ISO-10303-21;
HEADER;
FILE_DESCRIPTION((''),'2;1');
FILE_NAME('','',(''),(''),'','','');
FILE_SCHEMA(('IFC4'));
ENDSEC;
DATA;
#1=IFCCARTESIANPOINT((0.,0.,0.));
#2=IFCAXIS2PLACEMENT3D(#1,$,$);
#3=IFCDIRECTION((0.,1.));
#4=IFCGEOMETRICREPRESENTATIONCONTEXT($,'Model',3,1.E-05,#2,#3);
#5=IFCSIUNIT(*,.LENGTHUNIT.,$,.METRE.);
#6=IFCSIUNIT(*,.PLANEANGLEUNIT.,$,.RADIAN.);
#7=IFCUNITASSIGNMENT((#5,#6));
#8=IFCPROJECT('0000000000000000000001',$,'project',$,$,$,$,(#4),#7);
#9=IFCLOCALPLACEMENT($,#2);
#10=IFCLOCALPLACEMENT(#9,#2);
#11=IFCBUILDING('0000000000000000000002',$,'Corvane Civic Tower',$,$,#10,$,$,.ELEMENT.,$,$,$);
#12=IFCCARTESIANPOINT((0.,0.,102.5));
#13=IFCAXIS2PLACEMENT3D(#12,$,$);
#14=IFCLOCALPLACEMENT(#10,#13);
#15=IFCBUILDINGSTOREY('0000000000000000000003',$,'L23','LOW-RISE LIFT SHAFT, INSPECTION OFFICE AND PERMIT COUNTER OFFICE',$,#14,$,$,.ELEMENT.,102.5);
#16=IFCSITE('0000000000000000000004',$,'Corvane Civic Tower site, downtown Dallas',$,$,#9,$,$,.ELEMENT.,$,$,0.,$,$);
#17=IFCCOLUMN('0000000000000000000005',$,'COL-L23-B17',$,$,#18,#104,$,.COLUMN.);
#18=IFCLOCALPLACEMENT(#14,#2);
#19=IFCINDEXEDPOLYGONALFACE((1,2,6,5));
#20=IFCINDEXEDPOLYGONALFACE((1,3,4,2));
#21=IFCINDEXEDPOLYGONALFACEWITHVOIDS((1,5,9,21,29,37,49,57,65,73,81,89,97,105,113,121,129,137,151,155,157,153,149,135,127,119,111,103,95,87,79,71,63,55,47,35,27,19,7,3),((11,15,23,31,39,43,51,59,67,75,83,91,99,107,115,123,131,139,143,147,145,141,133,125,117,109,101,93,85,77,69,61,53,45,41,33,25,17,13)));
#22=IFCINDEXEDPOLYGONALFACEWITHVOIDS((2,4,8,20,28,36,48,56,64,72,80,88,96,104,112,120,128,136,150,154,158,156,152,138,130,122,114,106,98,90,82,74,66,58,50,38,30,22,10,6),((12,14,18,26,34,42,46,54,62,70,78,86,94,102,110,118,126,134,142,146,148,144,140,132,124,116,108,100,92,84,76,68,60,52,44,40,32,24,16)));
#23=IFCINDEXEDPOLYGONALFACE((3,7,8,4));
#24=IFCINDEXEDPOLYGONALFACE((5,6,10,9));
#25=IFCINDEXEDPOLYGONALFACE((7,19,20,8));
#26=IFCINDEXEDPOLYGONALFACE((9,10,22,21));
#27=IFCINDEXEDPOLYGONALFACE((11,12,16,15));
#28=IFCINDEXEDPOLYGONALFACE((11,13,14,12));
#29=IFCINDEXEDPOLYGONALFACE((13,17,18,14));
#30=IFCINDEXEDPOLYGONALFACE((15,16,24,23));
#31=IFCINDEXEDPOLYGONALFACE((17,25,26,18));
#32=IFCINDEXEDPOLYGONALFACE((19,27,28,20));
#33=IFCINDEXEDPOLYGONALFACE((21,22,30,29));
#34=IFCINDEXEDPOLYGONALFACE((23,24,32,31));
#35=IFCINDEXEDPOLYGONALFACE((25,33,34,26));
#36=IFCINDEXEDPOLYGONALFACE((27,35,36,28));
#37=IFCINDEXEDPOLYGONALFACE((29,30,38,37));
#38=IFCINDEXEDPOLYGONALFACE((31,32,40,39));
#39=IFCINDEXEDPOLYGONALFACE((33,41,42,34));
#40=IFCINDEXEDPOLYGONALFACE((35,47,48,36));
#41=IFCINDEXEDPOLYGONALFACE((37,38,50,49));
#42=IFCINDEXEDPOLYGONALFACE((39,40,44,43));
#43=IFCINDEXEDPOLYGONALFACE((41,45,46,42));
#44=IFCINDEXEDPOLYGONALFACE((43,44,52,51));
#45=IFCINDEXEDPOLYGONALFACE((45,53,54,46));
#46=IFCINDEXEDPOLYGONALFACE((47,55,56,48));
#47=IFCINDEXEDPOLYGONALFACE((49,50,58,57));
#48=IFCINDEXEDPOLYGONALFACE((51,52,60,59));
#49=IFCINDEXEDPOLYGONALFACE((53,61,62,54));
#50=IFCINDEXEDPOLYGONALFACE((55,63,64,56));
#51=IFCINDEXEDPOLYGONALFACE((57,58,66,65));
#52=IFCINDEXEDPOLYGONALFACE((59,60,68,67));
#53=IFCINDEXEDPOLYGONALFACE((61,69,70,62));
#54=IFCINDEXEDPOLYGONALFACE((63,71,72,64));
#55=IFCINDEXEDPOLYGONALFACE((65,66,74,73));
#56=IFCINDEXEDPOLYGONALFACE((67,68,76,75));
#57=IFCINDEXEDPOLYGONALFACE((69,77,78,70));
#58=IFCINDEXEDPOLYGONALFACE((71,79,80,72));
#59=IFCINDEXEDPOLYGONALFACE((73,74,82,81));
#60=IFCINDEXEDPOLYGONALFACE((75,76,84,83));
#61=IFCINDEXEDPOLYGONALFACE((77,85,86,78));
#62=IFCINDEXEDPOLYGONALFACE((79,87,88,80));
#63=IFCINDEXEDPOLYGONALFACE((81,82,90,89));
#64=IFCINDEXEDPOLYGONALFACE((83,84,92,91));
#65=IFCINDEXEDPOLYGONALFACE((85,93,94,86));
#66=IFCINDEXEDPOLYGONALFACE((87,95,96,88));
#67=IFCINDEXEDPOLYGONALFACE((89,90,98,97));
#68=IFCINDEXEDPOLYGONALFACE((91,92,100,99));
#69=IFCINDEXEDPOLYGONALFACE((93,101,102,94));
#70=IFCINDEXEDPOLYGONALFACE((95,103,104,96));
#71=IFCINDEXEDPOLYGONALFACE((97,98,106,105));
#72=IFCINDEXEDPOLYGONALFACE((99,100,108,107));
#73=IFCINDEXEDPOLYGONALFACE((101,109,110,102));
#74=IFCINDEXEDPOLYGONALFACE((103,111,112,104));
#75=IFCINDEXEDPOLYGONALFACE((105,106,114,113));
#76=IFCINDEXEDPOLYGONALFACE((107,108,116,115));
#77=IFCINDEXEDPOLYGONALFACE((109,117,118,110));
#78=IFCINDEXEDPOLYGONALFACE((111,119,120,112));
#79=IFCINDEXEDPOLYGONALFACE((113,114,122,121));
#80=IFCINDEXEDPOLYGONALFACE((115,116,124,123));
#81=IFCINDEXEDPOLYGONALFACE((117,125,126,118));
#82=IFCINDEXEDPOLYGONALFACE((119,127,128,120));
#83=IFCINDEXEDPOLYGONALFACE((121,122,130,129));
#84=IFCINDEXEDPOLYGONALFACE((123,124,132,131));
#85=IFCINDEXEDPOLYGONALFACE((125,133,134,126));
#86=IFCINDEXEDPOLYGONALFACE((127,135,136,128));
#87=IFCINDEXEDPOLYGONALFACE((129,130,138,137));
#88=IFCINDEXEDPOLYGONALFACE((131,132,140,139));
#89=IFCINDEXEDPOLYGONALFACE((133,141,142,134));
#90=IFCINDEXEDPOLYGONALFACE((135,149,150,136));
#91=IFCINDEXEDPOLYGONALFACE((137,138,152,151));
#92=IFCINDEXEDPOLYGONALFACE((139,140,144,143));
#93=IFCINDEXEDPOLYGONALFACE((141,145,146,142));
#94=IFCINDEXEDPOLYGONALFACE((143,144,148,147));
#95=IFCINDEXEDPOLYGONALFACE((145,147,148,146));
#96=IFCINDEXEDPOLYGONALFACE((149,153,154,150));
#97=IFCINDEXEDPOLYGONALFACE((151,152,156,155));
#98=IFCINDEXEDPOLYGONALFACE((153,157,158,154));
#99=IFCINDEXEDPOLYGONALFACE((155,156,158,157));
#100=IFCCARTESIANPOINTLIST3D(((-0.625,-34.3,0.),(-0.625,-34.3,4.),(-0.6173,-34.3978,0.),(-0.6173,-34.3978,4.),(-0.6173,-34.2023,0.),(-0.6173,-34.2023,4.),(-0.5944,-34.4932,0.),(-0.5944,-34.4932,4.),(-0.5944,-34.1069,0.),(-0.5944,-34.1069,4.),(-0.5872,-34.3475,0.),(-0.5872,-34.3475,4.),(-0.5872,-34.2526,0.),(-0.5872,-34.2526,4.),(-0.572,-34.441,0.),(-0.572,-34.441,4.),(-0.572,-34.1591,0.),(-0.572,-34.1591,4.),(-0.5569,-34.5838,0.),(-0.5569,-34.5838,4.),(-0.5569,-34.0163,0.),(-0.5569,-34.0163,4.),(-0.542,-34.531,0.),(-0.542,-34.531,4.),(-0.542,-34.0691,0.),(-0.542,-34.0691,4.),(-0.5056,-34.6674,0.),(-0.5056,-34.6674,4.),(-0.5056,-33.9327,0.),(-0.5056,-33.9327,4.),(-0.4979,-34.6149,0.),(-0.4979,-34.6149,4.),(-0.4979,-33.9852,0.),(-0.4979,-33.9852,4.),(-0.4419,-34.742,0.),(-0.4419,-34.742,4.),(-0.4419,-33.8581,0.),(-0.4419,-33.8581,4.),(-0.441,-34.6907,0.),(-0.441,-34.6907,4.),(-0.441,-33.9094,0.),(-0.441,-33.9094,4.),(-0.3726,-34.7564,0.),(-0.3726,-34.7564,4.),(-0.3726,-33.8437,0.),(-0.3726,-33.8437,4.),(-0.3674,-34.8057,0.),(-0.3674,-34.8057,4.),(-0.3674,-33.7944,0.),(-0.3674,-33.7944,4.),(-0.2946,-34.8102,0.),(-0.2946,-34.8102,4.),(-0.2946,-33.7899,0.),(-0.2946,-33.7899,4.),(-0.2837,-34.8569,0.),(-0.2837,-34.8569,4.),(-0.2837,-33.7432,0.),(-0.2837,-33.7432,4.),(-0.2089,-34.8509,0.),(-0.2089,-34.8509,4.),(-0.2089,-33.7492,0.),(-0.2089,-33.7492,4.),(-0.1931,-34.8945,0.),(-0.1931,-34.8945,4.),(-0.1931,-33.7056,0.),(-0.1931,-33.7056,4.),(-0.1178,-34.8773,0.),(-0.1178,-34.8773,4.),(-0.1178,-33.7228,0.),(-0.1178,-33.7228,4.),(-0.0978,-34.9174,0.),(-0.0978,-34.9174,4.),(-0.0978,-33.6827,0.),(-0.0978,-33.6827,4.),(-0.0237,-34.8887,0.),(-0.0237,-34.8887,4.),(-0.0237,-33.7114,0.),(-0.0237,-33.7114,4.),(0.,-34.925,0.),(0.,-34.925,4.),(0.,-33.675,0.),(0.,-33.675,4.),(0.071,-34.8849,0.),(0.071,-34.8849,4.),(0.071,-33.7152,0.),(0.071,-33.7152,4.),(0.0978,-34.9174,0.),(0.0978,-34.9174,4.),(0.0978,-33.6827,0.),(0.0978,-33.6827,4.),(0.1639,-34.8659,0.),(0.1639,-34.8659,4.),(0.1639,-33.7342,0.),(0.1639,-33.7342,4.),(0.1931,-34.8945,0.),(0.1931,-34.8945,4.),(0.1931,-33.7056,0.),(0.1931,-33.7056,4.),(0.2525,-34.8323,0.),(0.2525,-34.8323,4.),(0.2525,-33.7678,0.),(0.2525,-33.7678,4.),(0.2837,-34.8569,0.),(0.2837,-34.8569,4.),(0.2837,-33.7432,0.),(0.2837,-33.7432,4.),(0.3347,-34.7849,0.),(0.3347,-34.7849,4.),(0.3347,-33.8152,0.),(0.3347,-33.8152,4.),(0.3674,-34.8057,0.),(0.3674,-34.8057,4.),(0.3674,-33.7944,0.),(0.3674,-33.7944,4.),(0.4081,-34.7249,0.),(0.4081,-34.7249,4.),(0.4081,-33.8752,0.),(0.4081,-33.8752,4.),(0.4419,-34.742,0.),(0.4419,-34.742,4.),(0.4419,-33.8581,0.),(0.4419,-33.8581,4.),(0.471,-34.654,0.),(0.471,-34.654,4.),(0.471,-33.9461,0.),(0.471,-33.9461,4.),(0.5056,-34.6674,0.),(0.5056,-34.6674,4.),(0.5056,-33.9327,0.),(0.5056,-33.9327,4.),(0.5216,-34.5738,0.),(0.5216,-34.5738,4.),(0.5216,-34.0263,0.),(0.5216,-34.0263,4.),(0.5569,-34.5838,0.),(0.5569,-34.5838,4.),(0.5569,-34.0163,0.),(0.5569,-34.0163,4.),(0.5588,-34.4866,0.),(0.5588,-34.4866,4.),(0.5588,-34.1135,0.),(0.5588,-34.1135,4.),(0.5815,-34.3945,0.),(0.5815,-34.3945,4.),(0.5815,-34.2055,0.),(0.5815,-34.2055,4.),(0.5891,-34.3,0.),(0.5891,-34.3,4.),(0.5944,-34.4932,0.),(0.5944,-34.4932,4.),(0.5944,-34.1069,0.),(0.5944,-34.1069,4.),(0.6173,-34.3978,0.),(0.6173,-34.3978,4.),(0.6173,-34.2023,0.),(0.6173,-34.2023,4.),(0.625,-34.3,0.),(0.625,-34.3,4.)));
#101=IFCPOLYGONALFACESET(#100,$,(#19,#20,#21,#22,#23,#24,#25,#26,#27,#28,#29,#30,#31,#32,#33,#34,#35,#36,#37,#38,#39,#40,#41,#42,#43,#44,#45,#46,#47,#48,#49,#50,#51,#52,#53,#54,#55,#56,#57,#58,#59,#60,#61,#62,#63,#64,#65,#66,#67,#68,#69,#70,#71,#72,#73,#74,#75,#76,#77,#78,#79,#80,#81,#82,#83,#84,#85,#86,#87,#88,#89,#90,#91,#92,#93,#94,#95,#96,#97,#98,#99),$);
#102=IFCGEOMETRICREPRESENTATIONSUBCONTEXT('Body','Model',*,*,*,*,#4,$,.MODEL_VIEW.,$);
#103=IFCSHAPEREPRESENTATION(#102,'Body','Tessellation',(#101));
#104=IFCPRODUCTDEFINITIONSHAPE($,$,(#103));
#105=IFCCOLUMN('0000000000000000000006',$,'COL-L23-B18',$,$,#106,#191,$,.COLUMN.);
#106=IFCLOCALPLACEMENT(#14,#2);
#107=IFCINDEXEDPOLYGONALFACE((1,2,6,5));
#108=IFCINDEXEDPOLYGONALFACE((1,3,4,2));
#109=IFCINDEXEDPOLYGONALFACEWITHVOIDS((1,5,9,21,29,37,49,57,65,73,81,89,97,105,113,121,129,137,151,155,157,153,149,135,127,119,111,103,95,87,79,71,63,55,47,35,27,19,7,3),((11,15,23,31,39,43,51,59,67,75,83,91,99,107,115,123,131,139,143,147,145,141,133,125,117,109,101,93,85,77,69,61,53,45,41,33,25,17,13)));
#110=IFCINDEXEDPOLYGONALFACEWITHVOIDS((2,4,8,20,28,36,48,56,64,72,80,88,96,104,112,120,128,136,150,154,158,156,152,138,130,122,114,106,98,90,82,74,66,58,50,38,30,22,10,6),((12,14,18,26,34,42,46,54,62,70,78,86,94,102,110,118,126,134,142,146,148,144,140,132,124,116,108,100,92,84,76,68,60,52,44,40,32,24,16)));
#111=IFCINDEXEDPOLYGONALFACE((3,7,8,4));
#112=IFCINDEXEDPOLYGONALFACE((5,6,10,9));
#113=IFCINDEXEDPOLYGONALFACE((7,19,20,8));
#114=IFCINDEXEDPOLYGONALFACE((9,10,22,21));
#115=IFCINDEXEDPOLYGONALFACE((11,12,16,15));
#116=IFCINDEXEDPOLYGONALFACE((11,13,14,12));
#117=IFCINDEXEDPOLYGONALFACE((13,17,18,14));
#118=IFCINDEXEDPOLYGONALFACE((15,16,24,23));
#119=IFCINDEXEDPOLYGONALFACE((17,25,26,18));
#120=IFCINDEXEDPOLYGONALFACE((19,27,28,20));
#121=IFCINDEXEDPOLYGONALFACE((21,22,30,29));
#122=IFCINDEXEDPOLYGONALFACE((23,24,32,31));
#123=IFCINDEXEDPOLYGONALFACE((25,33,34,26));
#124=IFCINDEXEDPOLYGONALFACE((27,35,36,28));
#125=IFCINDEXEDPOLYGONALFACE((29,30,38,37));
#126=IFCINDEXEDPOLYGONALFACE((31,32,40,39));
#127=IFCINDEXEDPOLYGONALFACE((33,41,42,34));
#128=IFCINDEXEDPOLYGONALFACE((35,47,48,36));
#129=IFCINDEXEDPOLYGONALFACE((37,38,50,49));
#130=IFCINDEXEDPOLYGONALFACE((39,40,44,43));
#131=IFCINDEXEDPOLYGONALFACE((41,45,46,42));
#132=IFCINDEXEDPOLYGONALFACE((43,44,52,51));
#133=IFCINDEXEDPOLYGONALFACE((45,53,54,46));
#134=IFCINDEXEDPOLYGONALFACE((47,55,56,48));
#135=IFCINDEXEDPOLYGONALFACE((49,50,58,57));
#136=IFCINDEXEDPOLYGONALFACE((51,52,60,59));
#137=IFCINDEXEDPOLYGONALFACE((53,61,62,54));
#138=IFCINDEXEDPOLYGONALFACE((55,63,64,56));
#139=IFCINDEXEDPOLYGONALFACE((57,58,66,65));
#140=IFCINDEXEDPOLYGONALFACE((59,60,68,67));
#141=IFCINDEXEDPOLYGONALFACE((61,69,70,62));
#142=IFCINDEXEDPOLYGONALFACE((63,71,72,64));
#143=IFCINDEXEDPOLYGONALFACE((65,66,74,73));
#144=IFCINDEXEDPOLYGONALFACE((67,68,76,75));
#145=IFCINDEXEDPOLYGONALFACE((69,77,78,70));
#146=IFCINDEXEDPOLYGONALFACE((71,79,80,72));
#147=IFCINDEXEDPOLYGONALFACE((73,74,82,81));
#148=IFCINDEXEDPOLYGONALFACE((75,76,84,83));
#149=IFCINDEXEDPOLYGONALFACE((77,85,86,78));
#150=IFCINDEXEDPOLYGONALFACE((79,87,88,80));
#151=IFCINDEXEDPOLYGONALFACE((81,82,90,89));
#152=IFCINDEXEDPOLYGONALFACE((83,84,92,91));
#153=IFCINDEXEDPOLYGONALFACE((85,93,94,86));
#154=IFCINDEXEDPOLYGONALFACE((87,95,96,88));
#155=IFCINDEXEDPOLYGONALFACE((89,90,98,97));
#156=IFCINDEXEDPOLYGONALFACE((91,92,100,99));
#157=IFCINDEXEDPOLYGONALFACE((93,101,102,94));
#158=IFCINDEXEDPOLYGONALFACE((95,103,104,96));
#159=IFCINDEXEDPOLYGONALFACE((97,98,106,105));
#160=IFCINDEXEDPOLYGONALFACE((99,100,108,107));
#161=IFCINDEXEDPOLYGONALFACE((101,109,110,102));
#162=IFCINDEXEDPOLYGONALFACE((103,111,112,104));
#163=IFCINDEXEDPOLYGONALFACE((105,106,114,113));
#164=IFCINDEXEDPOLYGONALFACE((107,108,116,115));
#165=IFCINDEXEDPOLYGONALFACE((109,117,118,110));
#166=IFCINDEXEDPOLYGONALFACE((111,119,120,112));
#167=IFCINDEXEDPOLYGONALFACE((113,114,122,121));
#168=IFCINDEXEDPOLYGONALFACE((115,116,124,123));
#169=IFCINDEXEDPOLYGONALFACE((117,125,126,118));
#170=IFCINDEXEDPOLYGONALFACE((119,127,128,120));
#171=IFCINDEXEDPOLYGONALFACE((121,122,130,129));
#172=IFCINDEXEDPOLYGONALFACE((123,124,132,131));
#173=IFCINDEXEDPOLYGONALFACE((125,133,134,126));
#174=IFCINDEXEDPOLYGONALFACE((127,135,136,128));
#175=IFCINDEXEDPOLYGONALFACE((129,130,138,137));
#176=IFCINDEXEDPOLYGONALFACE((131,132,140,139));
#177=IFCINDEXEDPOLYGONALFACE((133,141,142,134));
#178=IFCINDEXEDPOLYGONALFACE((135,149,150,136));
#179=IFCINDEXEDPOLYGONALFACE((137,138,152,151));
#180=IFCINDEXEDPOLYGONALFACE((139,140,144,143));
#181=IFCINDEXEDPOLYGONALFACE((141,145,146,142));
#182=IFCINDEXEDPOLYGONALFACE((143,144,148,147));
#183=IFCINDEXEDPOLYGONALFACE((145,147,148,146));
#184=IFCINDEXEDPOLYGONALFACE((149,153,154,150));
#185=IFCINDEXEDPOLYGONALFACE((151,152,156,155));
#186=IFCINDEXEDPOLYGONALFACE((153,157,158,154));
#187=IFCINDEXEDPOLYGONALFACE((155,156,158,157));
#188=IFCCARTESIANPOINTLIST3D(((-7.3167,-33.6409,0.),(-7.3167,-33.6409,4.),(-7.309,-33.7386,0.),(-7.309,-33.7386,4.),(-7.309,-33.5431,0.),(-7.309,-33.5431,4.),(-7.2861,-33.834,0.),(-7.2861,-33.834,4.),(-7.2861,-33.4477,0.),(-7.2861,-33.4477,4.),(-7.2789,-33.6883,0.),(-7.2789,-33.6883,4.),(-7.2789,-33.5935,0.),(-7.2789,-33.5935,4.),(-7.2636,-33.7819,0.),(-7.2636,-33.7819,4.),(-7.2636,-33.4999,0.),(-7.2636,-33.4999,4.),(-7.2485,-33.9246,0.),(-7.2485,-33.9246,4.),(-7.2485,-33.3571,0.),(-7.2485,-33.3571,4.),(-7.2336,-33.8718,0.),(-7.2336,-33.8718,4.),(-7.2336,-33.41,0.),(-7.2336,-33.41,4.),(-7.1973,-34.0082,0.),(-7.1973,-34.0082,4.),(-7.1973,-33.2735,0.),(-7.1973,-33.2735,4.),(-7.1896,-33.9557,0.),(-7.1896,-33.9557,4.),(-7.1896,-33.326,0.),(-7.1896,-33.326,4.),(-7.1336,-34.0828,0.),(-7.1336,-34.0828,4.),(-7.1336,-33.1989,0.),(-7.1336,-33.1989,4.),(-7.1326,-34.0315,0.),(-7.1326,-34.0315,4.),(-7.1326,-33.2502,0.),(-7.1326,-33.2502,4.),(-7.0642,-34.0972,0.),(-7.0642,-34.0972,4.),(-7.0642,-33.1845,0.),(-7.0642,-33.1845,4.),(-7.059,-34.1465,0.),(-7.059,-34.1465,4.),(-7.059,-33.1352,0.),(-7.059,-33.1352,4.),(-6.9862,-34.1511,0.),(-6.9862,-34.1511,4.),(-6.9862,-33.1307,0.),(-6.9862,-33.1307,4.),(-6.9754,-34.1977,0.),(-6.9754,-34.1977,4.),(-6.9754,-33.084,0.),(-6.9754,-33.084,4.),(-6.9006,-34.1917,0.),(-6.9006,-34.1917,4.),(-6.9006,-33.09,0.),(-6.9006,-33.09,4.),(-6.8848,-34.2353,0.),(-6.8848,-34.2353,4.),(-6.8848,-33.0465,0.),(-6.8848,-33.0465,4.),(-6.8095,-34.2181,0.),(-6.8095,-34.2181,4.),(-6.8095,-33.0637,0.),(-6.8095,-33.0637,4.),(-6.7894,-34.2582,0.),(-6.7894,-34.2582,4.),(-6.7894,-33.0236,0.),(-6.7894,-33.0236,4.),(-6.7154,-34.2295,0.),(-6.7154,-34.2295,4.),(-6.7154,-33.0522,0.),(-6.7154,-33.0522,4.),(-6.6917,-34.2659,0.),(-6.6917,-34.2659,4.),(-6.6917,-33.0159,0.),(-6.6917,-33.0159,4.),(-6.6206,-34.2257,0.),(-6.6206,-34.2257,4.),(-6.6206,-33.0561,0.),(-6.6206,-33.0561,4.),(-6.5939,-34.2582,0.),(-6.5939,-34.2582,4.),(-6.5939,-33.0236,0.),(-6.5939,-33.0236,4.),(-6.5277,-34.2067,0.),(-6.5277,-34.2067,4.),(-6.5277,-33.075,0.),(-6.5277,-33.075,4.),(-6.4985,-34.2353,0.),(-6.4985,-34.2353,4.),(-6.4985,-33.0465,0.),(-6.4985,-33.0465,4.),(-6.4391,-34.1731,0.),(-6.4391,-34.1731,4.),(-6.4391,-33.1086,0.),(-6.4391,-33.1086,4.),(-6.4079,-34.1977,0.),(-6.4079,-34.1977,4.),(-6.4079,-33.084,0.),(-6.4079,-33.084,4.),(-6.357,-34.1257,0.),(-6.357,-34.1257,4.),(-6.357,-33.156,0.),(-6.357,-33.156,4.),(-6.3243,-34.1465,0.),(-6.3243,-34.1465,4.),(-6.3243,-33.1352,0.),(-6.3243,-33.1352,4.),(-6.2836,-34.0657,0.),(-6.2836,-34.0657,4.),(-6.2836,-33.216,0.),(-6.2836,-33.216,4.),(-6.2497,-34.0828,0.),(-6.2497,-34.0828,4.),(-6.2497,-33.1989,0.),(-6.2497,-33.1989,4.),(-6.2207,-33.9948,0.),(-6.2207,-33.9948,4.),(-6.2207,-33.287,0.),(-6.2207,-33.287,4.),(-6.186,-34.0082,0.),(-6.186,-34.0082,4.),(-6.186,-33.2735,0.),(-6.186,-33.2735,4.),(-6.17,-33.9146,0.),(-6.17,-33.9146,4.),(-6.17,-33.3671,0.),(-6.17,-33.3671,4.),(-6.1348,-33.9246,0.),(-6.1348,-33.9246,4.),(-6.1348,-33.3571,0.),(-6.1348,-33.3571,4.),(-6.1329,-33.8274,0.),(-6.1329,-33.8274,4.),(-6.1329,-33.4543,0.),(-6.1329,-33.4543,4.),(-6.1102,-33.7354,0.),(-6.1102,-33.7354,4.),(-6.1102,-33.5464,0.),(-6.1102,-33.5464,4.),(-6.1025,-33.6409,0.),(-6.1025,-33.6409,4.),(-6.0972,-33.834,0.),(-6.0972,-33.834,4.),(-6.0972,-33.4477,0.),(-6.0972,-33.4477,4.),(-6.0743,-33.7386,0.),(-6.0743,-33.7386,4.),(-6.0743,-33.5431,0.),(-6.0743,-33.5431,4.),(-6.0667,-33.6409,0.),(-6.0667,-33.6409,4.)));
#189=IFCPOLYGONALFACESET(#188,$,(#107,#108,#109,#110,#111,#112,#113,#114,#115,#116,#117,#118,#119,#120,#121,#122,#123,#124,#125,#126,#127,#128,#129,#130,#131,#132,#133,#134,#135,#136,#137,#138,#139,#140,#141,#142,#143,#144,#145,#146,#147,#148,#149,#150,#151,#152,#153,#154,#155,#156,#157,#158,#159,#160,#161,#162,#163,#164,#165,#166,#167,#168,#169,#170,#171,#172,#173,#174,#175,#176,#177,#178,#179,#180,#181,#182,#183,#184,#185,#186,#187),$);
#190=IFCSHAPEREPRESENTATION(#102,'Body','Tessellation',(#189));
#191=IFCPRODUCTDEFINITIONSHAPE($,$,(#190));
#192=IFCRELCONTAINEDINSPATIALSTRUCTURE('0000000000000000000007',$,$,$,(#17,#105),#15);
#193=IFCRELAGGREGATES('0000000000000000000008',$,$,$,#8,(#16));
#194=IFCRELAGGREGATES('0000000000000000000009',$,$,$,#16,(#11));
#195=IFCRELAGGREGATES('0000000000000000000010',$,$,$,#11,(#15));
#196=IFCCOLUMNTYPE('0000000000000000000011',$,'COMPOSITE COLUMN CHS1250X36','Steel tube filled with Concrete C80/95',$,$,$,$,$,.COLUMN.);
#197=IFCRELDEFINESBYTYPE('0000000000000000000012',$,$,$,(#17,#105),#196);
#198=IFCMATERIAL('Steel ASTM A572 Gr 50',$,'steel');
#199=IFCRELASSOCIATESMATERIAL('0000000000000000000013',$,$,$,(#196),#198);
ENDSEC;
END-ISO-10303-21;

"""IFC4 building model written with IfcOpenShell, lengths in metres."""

from ifc_helpers import new_model, si_unit, direction, frame, origin, origin_2d, place, context, subcontext, project, spatial, hollow_circle, extrude, material, material_profile, profile_set, type_object, element, save


model = new_model("IFC4")

# Units and contexts
model_context = context("Model", 3, precision=1e-05, world=origin(), true_north=direction((0.0, 1.0)))
body_context = subcontext(model_context, "Body", "Model", "MODEL_VIEW")
ifc_project = project(units=[si_unit("LENGTHUNIT", "METRE"), si_unit("PLANEANGLEUNIT", "RADIAN")], contexts=[model_context])

# Site, building, storey
site_placement = place(None, origin())
site = spatial("IfcSite", under=ifc_project, at=site_placement, Name="Corvane Civic Tower site, downtown Dallas", CompositionType="ELEMENT", RefElevation=0.0)
building_placement = place(site_placement, origin())
building = spatial("IfcBuilding", under=site, at=building_placement, Name="Corvane Civic Tower", CompositionType="ELEMENT")
storey_placement = place(building_placement, frame((0.0, 0.0, 102.5)))
storey = spatial("IfcBuildingStorey", under=building, at=storey_placement, Name="L23", Description="LOW-RISE LIFT SHAFT, INSPECTION OFFICE AND PERMIT COUNTER OFFICE", CompositionType="ELEMENT", Elevation=102.5)

# Columns
ifc_material_1 = material(Name="Steel ASTM A572 Gr 50", Category="steel")
ifc_material_profile_1 = material_profile(ifc_material_1, hollow_circle(Radius=0.625, WallThickness=0.0359, at=origin_2d()), Name="CHS1250X36")
ifc_profile_set_1 = profile_set([ifc_material_profile_1], Name="Steel ASTM A572 Gr 50")
column_type = type_object("IfcColumnType", Name="COMPOSITE COLUMN CHS1250X36", Description="Steel tube filled with Concrete C80/95", PredefinedType="COLUMN", material=ifc_profile_set_1)
for number, where, z_axis, x_axis, name in (
    (1, (0.0, -34.3, 0.0), (0.0, 0.0, 1.0), (1.0, 0.0, 0.0), "COL-L23-B17"),
    (2, (-6.6917, -33.6409, 0.0), (0.0, 0.0, 1.0), (1.0, 0.0, 0.0), "COL-L23-B18"),
):
    element("IfcColumn", number, at=place(storey_placement, frame(where, z_axis=z_axis, x_axis=x_axis)), inside=storey, type_object=column_type, Name=name, PredefinedType="COLUMN", context=body_context, shape_type="SweptSolid", body=[
        extrude(hollow_circle(Radius=0.625, WallThickness=0.0359, at=origin_2d()), origin(), (0.0, 0.0, 1.0), 4.0),
    ])

save(model, "model.ifc")
